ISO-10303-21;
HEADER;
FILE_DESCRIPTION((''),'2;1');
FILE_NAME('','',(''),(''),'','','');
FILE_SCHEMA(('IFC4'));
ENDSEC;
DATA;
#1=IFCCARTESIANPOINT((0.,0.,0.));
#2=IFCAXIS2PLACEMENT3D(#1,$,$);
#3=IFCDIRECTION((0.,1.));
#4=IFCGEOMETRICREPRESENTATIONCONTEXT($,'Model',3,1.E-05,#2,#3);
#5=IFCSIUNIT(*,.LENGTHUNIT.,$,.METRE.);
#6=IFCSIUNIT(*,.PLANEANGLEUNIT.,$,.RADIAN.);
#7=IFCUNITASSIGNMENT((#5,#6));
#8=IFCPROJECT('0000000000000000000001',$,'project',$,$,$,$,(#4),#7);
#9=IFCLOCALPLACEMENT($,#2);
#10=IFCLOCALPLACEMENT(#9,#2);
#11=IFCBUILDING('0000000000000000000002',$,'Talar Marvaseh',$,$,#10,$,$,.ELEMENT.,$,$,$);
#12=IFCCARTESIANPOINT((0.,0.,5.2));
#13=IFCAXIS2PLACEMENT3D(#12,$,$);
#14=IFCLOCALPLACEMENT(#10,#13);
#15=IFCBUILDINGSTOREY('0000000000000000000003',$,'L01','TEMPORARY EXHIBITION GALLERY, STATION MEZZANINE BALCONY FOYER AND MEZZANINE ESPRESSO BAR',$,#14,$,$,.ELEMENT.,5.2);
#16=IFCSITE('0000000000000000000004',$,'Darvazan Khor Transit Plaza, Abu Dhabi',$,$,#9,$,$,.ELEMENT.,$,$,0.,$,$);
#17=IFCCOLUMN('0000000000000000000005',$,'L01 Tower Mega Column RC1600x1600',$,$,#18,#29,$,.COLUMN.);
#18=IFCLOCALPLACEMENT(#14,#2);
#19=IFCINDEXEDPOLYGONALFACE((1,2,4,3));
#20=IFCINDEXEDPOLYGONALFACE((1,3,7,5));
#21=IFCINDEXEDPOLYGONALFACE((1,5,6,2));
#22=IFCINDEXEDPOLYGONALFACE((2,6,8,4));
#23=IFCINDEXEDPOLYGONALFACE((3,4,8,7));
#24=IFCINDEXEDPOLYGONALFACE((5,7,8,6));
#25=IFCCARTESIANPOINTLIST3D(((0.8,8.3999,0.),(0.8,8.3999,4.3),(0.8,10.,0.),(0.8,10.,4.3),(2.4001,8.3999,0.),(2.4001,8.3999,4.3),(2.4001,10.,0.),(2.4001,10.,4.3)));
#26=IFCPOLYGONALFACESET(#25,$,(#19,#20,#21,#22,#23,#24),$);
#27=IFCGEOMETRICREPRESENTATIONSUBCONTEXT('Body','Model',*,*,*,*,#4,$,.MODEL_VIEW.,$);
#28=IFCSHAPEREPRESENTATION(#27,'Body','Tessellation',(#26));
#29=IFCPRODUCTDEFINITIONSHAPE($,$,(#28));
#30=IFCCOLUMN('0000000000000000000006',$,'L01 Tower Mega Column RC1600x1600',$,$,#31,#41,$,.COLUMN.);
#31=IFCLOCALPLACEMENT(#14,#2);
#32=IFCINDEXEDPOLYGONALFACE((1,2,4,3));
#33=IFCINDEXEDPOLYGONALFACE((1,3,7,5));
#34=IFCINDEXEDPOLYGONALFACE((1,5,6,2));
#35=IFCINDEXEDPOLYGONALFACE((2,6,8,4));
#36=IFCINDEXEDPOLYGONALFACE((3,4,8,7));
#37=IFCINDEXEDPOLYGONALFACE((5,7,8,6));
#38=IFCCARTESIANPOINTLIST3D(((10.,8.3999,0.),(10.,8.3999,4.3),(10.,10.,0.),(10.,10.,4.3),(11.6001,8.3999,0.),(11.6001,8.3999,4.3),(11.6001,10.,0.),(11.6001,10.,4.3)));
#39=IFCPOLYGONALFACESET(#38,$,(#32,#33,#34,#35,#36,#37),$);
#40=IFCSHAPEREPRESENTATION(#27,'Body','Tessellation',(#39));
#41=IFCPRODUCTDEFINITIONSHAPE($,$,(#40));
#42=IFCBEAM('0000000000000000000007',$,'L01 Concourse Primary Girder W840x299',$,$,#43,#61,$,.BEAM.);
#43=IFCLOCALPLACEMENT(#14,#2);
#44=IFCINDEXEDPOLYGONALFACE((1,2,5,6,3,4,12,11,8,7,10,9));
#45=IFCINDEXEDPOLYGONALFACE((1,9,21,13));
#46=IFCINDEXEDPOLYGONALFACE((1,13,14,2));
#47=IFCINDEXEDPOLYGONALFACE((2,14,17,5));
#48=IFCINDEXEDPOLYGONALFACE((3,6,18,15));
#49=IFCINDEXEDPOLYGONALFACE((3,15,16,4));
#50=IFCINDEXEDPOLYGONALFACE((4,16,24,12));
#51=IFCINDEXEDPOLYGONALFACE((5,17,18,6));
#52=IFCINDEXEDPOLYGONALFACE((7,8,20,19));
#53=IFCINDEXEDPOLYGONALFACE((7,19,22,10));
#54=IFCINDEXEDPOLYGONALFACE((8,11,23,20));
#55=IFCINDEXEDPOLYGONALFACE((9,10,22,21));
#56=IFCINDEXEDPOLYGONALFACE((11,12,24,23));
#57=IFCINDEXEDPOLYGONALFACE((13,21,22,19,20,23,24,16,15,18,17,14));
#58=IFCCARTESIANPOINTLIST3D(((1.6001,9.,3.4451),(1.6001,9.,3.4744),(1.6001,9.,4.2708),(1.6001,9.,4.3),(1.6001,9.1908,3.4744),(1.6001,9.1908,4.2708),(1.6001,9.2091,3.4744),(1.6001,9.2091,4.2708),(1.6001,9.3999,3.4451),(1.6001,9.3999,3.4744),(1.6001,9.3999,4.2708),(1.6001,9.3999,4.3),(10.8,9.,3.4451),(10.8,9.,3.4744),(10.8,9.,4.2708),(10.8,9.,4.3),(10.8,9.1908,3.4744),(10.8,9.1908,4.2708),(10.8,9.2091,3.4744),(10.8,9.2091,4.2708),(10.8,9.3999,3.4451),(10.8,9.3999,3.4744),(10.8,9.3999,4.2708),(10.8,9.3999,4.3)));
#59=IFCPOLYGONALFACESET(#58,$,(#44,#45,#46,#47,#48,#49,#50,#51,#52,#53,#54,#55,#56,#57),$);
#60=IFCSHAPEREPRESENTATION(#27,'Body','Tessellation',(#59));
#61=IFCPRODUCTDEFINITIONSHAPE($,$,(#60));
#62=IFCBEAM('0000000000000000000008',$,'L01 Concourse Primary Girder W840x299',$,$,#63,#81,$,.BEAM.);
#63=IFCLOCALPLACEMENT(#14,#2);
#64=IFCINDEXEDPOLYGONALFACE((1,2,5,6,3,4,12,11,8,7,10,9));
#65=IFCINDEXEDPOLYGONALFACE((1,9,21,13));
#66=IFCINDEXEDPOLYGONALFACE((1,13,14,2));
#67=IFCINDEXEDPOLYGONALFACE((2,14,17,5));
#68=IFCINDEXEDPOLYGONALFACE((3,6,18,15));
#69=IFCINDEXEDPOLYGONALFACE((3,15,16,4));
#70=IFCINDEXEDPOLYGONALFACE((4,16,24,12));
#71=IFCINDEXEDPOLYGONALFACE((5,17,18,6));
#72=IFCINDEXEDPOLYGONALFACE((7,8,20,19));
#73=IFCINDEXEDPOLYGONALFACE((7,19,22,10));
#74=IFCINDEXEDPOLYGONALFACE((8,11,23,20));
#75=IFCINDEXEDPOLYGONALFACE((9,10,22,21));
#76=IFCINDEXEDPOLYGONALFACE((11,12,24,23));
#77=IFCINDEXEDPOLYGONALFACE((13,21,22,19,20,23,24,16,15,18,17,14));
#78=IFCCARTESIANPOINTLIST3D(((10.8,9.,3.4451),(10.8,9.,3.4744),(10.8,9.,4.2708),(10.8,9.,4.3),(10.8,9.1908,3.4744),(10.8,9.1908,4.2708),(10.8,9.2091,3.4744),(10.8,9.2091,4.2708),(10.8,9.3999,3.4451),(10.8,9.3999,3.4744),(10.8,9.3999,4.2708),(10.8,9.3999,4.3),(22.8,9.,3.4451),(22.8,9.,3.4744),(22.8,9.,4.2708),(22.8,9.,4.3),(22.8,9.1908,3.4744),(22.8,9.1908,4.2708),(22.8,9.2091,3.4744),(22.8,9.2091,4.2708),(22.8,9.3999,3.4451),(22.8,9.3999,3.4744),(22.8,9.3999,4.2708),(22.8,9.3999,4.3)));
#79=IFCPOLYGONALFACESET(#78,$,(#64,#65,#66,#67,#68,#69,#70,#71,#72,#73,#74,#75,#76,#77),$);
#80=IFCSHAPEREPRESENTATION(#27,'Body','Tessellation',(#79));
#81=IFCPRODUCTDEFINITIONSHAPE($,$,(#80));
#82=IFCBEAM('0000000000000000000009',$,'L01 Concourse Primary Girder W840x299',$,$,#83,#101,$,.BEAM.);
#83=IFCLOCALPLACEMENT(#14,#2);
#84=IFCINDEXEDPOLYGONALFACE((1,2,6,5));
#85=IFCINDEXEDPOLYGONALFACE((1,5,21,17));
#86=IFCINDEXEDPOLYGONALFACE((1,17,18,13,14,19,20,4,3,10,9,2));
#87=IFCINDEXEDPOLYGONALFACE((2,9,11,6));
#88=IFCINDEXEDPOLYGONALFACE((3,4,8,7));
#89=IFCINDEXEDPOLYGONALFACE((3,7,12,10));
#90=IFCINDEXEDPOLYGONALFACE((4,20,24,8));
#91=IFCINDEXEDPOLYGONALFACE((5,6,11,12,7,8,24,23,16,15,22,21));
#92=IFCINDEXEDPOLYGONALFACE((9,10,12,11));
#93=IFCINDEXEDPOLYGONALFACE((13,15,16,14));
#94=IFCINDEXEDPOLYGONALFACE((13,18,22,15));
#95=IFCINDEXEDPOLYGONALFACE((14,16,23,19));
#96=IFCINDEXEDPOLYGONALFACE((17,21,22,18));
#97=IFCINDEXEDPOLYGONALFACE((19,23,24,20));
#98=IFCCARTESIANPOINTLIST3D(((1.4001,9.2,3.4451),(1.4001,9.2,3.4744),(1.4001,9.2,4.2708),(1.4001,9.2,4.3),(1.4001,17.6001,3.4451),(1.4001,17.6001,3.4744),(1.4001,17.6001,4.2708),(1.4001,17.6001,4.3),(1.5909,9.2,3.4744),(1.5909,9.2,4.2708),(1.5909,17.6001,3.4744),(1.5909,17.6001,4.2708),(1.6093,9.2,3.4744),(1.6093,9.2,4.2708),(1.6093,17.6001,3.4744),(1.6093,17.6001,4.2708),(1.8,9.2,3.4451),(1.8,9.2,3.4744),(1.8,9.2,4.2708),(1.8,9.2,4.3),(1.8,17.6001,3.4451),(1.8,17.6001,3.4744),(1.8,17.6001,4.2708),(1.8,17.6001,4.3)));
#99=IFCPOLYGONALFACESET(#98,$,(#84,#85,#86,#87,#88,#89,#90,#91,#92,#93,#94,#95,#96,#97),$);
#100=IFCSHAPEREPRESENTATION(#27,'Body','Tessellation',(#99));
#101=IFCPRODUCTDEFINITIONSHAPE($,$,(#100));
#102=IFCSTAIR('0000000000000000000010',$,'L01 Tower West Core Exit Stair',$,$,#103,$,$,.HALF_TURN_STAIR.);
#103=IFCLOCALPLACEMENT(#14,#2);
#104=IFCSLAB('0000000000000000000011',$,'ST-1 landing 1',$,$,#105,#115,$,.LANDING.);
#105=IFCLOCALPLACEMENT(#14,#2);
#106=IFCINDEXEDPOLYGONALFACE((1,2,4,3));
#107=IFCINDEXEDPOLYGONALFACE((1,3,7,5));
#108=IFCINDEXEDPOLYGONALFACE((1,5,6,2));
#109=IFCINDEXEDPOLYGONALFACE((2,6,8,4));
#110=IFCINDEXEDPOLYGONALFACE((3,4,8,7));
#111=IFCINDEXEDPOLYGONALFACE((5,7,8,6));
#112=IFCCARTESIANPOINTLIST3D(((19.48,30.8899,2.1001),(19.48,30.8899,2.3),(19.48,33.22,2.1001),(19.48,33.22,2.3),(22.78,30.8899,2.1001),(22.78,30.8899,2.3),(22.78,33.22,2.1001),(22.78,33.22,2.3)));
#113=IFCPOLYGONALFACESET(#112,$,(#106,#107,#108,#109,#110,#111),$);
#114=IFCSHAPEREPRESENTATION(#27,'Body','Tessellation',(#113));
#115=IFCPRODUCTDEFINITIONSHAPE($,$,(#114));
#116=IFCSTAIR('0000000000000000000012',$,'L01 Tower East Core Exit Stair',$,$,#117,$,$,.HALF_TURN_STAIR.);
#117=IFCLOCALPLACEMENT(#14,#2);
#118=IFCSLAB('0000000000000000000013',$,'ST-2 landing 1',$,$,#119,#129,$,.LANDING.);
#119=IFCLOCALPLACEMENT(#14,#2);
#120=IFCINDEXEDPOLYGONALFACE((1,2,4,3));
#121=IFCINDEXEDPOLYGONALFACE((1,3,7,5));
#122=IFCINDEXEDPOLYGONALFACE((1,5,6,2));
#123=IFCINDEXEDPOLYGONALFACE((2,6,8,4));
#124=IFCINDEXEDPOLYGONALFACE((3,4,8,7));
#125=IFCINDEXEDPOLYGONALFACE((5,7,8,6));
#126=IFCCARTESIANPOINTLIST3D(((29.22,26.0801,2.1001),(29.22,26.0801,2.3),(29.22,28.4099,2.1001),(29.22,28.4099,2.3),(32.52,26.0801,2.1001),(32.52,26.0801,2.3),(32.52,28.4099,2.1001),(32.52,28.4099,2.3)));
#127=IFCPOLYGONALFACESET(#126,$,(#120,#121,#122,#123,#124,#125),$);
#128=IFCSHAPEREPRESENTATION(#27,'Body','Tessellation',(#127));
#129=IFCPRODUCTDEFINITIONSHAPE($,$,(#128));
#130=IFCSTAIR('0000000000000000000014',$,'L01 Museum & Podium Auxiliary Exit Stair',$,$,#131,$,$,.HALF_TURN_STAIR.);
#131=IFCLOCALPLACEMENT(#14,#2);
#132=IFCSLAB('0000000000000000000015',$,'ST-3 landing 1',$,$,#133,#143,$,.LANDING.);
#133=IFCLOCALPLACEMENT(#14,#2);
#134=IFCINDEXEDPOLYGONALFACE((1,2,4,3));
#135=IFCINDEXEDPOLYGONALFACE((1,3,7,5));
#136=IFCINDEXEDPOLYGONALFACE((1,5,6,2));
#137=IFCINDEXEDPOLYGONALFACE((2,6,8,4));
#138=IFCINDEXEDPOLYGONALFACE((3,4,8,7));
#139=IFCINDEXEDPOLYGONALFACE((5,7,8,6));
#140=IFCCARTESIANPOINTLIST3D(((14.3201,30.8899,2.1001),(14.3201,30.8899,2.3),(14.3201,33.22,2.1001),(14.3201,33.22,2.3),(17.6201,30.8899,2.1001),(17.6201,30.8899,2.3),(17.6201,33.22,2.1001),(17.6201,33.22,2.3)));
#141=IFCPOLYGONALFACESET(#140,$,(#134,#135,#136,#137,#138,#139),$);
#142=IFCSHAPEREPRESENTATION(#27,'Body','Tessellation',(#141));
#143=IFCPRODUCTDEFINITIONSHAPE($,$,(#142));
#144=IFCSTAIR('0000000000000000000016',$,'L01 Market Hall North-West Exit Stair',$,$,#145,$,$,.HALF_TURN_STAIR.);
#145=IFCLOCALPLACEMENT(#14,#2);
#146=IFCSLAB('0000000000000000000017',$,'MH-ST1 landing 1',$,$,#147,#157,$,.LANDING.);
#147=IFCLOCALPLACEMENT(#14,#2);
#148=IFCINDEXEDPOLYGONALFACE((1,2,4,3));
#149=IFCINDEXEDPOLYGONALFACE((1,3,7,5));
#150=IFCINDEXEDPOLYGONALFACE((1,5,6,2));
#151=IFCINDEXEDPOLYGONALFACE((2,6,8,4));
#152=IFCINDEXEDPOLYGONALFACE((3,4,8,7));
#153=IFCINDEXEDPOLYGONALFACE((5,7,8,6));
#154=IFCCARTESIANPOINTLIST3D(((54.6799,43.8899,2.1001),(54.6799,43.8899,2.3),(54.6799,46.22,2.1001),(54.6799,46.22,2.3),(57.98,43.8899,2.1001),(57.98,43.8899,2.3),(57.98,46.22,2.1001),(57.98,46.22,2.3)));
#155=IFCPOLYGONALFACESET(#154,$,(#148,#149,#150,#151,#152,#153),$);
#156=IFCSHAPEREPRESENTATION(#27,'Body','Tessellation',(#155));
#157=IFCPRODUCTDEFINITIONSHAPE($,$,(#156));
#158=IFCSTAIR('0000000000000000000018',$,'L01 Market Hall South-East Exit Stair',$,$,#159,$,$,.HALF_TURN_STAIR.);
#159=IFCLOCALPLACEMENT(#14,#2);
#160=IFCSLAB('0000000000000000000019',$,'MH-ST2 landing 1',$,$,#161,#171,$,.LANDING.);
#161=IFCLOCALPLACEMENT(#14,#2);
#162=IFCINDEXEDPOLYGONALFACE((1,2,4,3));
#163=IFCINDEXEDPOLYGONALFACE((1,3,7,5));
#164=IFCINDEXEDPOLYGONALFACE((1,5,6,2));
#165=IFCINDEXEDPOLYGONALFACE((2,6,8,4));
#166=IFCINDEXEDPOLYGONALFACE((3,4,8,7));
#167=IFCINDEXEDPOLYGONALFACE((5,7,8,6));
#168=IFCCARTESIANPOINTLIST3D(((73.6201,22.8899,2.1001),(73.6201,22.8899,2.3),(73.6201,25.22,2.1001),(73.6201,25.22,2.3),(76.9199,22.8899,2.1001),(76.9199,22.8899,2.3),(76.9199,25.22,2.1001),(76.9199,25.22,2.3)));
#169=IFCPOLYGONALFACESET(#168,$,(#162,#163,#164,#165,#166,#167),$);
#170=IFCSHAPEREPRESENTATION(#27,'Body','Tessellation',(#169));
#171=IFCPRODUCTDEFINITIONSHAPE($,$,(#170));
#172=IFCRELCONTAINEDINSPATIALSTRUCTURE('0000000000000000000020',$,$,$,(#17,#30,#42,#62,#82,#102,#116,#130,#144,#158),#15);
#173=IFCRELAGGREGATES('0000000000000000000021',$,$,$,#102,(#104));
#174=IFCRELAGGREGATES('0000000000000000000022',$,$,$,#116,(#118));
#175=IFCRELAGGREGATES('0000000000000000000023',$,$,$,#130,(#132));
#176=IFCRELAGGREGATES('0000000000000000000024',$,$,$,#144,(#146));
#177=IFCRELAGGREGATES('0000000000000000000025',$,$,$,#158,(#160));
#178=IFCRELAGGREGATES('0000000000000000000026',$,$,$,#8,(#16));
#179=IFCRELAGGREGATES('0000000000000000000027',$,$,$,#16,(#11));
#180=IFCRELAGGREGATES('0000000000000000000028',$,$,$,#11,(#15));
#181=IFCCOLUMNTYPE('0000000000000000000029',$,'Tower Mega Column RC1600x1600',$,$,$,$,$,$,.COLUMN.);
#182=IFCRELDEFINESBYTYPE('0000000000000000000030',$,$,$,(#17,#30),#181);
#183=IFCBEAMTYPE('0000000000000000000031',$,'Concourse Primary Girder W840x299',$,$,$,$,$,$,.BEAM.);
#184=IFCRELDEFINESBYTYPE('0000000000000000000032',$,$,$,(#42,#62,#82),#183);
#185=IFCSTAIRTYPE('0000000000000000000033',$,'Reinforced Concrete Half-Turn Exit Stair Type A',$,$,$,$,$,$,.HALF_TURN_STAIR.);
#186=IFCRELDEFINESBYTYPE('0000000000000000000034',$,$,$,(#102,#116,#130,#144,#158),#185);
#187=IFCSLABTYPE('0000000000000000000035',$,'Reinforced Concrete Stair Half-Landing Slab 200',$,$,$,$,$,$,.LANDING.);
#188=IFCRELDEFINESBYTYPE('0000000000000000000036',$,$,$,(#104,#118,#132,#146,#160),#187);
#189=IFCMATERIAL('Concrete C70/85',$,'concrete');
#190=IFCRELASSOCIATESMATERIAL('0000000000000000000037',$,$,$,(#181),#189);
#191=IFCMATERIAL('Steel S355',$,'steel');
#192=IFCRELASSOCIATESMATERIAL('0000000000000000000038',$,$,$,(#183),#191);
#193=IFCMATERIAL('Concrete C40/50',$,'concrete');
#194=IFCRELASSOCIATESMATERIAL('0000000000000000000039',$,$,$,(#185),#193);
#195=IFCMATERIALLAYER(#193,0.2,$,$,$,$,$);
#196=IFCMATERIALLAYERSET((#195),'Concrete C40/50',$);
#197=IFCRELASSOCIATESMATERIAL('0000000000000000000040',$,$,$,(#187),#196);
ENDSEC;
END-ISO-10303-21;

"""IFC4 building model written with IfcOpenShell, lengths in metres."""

from ifc_helpers import new_model, si_unit, direction, frame, origin, origin_2d, place, context, subcontext, project, spatial, polyline, rectangle, i_section, outline, extrude, material, layer, layer_set, material_profile, profile_set, type_object, element, aggregate, save


model = new_model("IFC4")

# Units and contexts
model_context = context("Model", 3, precision=1e-05, world=origin(), true_north=direction((0.0, 1.0)))
body_context = subcontext(model_context, "Body", "Model", "MODEL_VIEW")
ifc_project = project(units=[si_unit("LENGTHUNIT", "METRE"), si_unit("PLANEANGLEUNIT", "RADIAN")], contexts=[model_context])

# Site, building, storey
site_placement = place(None, origin())
site = spatial("IfcSite", under=ifc_project, at=site_placement, Name="Darvazan Khor Transit Plaza, Abu Dhabi", CompositionType="ELEMENT", RefElevation=0.0)
building_placement = place(site_placement, origin())
building = spatial("IfcBuilding", under=site, at=building_placement, Name="Talar Marvaseh", CompositionType="ELEMENT")
storey_placement = place(building_placement, frame((0.0, 0.0, 5.2)))
storey = spatial("IfcBuildingStorey", under=building, at=storey_placement, Name="L01", Description="TEMPORARY EXHIBITION GALLERY, STATION MEZZANINE BALCONY FOYER AND MEZZANINE ESPRESSO BAR", CompositionType="ELEMENT", Elevation=5.2)

# Columns
ifc_material_1 = material(Name="Concrete C70/85", Category="concrete")
ifc_material_profile_1 = material_profile(ifc_material_1, rectangle(XDim=1.6001, YDim=1.6001, at=origin_2d()), Name="RC1600x1600")
ifc_profile_set_1 = profile_set([ifc_material_profile_1], Name="Concrete C70/85")
column_type = type_object("IfcColumnType", Name="Tower Mega Column RC1600x1600", PredefinedType="COLUMN", material=ifc_profile_set_1)
for number, where, z_axis, x_axis, name in (
    (1, (1.6001, 9.2, 0.0), (0.0, 0.0, 1.0), (1.0, 0.0, 0.0), "L01 Tower Mega Column RC1600x1600"),
    (2, (10.8, 9.2, 0.0), (0.0, 0.0, 1.0), (1.0, 0.0, 0.0), "L01 Tower Mega Column RC1600x1600"),
):
    element("IfcColumn", number, at=place(storey_placement, frame(where, z_axis=z_axis, x_axis=x_axis)), inside=storey, type_object=column_type, Name=name, PredefinedType="COLUMN", context=body_context, shape_type="SweptSolid", body=[
        extrude(rectangle(XDim=1.6001, YDim=1.6001, at=origin_2d()), origin(), (0.0, 0.0, 1.0), 4.3),
    ])

# Beams
ifc_material_2 = material(Name="Steel S355", Category="steel")
ifc_material_profile_2 = material_profile(ifc_material_2, i_section(OverallWidth=0.3999, OverallDepth=0.855, WebThickness=0.0183, FlangeThickness=0.0293, at=origin_2d()), Name="W840x299")
ifc_profile_set_2 = profile_set([ifc_material_profile_2], Name="Steel S355")
beam_type = type_object("IfcBeamType", Name="Concourse Primary Girder W840x299", PredefinedType="BEAM", material=ifc_profile_set_2)
beam_1_placement = place(storey_placement, frame((1.6001, 9.2, 3.8726), z_axis=(1.0, 0.0, 0.0), x_axis=(0.0, 1.0, 0.0)))
element("IfcBeam", 3, at=beam_1_placement, inside=storey, type_object=beam_type, Name="L01 Concourse Primary Girder W840x299", PredefinedType="BEAM", context=body_context, shape_type="SweptSolid", body=[
    extrude(i_section(OverallWidth=0.3999, OverallDepth=0.855, WebThickness=0.0183, FlangeThickness=0.0293, at=origin_2d()), origin(), (0.0, 0.0, 1.0), 9.2),
])
beam_2_placement = place(storey_placement, frame((10.8, 9.2, 3.8726), z_axis=(1.0, 0.0, 0.0), x_axis=(0.0, 1.0, 0.0)))
element("IfcBeam", 4, at=beam_2_placement, inside=storey, type_object=beam_type, Name="L01 Concourse Primary Girder W840x299", PredefinedType="BEAM", context=body_context, shape_type="SweptSolid", body=[
    extrude(i_section(OverallWidth=0.3999, OverallDepth=0.855, WebThickness=0.0183, FlangeThickness=0.0293, at=origin_2d()), origin(), (0.0, 0.0, 1.0), 12.0),
])
beam_3_placement = place(storey_placement, frame((1.6001, 9.2, 3.8726), z_axis=(0.0, 1.0, 0.0), x_axis=(-1.0, 0.0, 0.0)))
element("IfcBeam", 5, at=beam_3_placement, inside=storey, type_object=beam_type, Name="L01 Concourse Primary Girder W840x299", PredefinedType="BEAM", context=body_context, shape_type="SweptSolid", body=[
    extrude(i_section(OverallWidth=0.3999, OverallDepth=0.855, WebThickness=0.0183, FlangeThickness=0.0293, at=origin_2d()), origin(), (0.0, 0.0, 1.0), 8.4001),
])

# Stairs, slabs
ifc_material_3 = material(Name="Concrete C40/50", Category="concrete")
stair_type = type_object("IfcStairType", Name="Reinforced Concrete Half-Turn Exit Stair Type A", PredefinedType="HALF_TURN_STAIR", material=ifc_material_3)
stair_1_placement = place(storey_placement, origin())
stair_1 = element("IfcStair", 6, at=stair_1_placement, inside=storey, type_object=stair_type, Name="L01 Tower West Core Exit Stair", PredefinedType="HALF_TURN_STAIR")
ifc_layer_1 = layer(ifc_material_3, 0.2)
ifc_layer_set_1 = layer_set([ifc_layer_1], Name="Concrete C40/50")
slab_type_1 = type_object("IfcSlabType", Name="Reinforced Concrete Stair Half-Landing Slab 200", PredefinedType="LANDING", material=ifc_layer_set_1)
slab_1_placement = place(storey_placement, frame((0.0, 0.0, 2.1001)))
slab_1 = element("IfcSlab", 7, at=slab_1_placement, type_object=slab_type_1, Name="ST-1 landing 1", PredefinedType="LANDING", context=body_context, shape_type="SweptSolid", body=[
    extrude(outline(polyline([(22.78, 30.8899), (22.78, 33.22), (19.48, 33.22), (19.48, 30.8899), (22.78, 30.8899)])), origin(), (0.0, 0.0, 1.0), 0.2),
])
aggregate(stair_1, [slab_1])
stair_2_placement = place(storey_placement, origin())
stair_2 = element("IfcStair", 8, at=stair_2_placement, inside=storey, type_object=stair_type, Name="L01 Tower East Core Exit Stair", PredefinedType="HALF_TURN_STAIR")
slab_2_placement = place(storey_placement, frame((0.0, 0.0, 2.1001)))
slab_2 = element("IfcSlab", 9, at=slab_2_placement, type_object=slab_type_1, Name="ST-2 landing 1", PredefinedType="LANDING", context=body_context, shape_type="SweptSolid", body=[
    extrude(outline(polyline([(29.22, 28.4099), (29.22, 26.0801), (32.52, 26.0801), (32.52, 28.4099), (29.22, 28.4099)])), origin(), (0.0, 0.0, 1.0), 0.2),
])
aggregate(stair_2, [slab_2])
stair_3_placement = place(storey_placement, origin())
stair_3 = element("IfcStair", 10, at=stair_3_placement, inside=storey, type_object=stair_type, Name="L01 Museum & Podium Auxiliary Exit Stair", PredefinedType="HALF_TURN_STAIR")
slab_3_placement = place(storey_placement, frame((0.0, 0.0, 2.1001)))
slab_3 = element("IfcSlab", 11, at=slab_3_placement, type_object=slab_type_1, Name="ST-3 landing 1", PredefinedType="LANDING", context=body_context, shape_type="SweptSolid", body=[
    extrude(outline(polyline([(17.6201, 30.8899), (17.6201, 33.22), (14.3201, 33.22), (14.3201, 30.8899), (17.6201, 30.8899)])), origin(), (0.0, 0.0, 1.0), 0.2),
])
aggregate(stair_3, [slab_3])
stair_4_placement = place(storey_placement, origin())
stair_4 = element("IfcStair", 12, at=stair_4_placement, inside=storey, type_object=stair_type, Name="L01 Market Hall North-West Exit Stair", PredefinedType="HALF_TURN_STAIR")
slab_4_placement = place(storey_placement, frame((0.0, 0.0, 2.1001)))
slab_4 = element("IfcSlab", 13, at=slab_4_placement, type_object=slab_type_1, Name="MH-ST1 landing 1", PredefinedType="LANDING", context=body_context, shape_type="SweptSolid", body=[
    extrude(outline(polyline([(57.98, 43.8899), (57.98, 46.22), (54.6799, 46.22), (54.6799, 43.8899), (57.98, 43.8899)])), origin(), (0.0, 0.0, 1.0), 0.2),
])
aggregate(stair_4, [slab_4])
stair_5_placement = place(storey_placement, origin())
stair_5 = element("IfcStair", 14, at=stair_5_placement, inside=storey, type_object=stair_type, Name="L01 Market Hall South-East Exit Stair", PredefinedType="HALF_TURN_STAIR")
slab_5_placement = place(storey_placement, frame((0.0, 0.0, 2.1001)))
slab_5 = element("IfcSlab", 15, at=slab_5_placement, type_object=slab_type_1, Name="MH-ST2 landing 1", PredefinedType="LANDING", context=body_context, shape_type="SweptSolid", body=[
    extrude(outline(polyline([(76.9199, 22.8899), (76.9199, 25.22), (73.6201, 25.22), (73.6201, 22.8899), (76.9199, 22.8899)])), origin(), (0.0, 0.0, 1.0), 0.2),
])
aggregate(stair_5, [slab_5])

save(model, "model.ifc")
